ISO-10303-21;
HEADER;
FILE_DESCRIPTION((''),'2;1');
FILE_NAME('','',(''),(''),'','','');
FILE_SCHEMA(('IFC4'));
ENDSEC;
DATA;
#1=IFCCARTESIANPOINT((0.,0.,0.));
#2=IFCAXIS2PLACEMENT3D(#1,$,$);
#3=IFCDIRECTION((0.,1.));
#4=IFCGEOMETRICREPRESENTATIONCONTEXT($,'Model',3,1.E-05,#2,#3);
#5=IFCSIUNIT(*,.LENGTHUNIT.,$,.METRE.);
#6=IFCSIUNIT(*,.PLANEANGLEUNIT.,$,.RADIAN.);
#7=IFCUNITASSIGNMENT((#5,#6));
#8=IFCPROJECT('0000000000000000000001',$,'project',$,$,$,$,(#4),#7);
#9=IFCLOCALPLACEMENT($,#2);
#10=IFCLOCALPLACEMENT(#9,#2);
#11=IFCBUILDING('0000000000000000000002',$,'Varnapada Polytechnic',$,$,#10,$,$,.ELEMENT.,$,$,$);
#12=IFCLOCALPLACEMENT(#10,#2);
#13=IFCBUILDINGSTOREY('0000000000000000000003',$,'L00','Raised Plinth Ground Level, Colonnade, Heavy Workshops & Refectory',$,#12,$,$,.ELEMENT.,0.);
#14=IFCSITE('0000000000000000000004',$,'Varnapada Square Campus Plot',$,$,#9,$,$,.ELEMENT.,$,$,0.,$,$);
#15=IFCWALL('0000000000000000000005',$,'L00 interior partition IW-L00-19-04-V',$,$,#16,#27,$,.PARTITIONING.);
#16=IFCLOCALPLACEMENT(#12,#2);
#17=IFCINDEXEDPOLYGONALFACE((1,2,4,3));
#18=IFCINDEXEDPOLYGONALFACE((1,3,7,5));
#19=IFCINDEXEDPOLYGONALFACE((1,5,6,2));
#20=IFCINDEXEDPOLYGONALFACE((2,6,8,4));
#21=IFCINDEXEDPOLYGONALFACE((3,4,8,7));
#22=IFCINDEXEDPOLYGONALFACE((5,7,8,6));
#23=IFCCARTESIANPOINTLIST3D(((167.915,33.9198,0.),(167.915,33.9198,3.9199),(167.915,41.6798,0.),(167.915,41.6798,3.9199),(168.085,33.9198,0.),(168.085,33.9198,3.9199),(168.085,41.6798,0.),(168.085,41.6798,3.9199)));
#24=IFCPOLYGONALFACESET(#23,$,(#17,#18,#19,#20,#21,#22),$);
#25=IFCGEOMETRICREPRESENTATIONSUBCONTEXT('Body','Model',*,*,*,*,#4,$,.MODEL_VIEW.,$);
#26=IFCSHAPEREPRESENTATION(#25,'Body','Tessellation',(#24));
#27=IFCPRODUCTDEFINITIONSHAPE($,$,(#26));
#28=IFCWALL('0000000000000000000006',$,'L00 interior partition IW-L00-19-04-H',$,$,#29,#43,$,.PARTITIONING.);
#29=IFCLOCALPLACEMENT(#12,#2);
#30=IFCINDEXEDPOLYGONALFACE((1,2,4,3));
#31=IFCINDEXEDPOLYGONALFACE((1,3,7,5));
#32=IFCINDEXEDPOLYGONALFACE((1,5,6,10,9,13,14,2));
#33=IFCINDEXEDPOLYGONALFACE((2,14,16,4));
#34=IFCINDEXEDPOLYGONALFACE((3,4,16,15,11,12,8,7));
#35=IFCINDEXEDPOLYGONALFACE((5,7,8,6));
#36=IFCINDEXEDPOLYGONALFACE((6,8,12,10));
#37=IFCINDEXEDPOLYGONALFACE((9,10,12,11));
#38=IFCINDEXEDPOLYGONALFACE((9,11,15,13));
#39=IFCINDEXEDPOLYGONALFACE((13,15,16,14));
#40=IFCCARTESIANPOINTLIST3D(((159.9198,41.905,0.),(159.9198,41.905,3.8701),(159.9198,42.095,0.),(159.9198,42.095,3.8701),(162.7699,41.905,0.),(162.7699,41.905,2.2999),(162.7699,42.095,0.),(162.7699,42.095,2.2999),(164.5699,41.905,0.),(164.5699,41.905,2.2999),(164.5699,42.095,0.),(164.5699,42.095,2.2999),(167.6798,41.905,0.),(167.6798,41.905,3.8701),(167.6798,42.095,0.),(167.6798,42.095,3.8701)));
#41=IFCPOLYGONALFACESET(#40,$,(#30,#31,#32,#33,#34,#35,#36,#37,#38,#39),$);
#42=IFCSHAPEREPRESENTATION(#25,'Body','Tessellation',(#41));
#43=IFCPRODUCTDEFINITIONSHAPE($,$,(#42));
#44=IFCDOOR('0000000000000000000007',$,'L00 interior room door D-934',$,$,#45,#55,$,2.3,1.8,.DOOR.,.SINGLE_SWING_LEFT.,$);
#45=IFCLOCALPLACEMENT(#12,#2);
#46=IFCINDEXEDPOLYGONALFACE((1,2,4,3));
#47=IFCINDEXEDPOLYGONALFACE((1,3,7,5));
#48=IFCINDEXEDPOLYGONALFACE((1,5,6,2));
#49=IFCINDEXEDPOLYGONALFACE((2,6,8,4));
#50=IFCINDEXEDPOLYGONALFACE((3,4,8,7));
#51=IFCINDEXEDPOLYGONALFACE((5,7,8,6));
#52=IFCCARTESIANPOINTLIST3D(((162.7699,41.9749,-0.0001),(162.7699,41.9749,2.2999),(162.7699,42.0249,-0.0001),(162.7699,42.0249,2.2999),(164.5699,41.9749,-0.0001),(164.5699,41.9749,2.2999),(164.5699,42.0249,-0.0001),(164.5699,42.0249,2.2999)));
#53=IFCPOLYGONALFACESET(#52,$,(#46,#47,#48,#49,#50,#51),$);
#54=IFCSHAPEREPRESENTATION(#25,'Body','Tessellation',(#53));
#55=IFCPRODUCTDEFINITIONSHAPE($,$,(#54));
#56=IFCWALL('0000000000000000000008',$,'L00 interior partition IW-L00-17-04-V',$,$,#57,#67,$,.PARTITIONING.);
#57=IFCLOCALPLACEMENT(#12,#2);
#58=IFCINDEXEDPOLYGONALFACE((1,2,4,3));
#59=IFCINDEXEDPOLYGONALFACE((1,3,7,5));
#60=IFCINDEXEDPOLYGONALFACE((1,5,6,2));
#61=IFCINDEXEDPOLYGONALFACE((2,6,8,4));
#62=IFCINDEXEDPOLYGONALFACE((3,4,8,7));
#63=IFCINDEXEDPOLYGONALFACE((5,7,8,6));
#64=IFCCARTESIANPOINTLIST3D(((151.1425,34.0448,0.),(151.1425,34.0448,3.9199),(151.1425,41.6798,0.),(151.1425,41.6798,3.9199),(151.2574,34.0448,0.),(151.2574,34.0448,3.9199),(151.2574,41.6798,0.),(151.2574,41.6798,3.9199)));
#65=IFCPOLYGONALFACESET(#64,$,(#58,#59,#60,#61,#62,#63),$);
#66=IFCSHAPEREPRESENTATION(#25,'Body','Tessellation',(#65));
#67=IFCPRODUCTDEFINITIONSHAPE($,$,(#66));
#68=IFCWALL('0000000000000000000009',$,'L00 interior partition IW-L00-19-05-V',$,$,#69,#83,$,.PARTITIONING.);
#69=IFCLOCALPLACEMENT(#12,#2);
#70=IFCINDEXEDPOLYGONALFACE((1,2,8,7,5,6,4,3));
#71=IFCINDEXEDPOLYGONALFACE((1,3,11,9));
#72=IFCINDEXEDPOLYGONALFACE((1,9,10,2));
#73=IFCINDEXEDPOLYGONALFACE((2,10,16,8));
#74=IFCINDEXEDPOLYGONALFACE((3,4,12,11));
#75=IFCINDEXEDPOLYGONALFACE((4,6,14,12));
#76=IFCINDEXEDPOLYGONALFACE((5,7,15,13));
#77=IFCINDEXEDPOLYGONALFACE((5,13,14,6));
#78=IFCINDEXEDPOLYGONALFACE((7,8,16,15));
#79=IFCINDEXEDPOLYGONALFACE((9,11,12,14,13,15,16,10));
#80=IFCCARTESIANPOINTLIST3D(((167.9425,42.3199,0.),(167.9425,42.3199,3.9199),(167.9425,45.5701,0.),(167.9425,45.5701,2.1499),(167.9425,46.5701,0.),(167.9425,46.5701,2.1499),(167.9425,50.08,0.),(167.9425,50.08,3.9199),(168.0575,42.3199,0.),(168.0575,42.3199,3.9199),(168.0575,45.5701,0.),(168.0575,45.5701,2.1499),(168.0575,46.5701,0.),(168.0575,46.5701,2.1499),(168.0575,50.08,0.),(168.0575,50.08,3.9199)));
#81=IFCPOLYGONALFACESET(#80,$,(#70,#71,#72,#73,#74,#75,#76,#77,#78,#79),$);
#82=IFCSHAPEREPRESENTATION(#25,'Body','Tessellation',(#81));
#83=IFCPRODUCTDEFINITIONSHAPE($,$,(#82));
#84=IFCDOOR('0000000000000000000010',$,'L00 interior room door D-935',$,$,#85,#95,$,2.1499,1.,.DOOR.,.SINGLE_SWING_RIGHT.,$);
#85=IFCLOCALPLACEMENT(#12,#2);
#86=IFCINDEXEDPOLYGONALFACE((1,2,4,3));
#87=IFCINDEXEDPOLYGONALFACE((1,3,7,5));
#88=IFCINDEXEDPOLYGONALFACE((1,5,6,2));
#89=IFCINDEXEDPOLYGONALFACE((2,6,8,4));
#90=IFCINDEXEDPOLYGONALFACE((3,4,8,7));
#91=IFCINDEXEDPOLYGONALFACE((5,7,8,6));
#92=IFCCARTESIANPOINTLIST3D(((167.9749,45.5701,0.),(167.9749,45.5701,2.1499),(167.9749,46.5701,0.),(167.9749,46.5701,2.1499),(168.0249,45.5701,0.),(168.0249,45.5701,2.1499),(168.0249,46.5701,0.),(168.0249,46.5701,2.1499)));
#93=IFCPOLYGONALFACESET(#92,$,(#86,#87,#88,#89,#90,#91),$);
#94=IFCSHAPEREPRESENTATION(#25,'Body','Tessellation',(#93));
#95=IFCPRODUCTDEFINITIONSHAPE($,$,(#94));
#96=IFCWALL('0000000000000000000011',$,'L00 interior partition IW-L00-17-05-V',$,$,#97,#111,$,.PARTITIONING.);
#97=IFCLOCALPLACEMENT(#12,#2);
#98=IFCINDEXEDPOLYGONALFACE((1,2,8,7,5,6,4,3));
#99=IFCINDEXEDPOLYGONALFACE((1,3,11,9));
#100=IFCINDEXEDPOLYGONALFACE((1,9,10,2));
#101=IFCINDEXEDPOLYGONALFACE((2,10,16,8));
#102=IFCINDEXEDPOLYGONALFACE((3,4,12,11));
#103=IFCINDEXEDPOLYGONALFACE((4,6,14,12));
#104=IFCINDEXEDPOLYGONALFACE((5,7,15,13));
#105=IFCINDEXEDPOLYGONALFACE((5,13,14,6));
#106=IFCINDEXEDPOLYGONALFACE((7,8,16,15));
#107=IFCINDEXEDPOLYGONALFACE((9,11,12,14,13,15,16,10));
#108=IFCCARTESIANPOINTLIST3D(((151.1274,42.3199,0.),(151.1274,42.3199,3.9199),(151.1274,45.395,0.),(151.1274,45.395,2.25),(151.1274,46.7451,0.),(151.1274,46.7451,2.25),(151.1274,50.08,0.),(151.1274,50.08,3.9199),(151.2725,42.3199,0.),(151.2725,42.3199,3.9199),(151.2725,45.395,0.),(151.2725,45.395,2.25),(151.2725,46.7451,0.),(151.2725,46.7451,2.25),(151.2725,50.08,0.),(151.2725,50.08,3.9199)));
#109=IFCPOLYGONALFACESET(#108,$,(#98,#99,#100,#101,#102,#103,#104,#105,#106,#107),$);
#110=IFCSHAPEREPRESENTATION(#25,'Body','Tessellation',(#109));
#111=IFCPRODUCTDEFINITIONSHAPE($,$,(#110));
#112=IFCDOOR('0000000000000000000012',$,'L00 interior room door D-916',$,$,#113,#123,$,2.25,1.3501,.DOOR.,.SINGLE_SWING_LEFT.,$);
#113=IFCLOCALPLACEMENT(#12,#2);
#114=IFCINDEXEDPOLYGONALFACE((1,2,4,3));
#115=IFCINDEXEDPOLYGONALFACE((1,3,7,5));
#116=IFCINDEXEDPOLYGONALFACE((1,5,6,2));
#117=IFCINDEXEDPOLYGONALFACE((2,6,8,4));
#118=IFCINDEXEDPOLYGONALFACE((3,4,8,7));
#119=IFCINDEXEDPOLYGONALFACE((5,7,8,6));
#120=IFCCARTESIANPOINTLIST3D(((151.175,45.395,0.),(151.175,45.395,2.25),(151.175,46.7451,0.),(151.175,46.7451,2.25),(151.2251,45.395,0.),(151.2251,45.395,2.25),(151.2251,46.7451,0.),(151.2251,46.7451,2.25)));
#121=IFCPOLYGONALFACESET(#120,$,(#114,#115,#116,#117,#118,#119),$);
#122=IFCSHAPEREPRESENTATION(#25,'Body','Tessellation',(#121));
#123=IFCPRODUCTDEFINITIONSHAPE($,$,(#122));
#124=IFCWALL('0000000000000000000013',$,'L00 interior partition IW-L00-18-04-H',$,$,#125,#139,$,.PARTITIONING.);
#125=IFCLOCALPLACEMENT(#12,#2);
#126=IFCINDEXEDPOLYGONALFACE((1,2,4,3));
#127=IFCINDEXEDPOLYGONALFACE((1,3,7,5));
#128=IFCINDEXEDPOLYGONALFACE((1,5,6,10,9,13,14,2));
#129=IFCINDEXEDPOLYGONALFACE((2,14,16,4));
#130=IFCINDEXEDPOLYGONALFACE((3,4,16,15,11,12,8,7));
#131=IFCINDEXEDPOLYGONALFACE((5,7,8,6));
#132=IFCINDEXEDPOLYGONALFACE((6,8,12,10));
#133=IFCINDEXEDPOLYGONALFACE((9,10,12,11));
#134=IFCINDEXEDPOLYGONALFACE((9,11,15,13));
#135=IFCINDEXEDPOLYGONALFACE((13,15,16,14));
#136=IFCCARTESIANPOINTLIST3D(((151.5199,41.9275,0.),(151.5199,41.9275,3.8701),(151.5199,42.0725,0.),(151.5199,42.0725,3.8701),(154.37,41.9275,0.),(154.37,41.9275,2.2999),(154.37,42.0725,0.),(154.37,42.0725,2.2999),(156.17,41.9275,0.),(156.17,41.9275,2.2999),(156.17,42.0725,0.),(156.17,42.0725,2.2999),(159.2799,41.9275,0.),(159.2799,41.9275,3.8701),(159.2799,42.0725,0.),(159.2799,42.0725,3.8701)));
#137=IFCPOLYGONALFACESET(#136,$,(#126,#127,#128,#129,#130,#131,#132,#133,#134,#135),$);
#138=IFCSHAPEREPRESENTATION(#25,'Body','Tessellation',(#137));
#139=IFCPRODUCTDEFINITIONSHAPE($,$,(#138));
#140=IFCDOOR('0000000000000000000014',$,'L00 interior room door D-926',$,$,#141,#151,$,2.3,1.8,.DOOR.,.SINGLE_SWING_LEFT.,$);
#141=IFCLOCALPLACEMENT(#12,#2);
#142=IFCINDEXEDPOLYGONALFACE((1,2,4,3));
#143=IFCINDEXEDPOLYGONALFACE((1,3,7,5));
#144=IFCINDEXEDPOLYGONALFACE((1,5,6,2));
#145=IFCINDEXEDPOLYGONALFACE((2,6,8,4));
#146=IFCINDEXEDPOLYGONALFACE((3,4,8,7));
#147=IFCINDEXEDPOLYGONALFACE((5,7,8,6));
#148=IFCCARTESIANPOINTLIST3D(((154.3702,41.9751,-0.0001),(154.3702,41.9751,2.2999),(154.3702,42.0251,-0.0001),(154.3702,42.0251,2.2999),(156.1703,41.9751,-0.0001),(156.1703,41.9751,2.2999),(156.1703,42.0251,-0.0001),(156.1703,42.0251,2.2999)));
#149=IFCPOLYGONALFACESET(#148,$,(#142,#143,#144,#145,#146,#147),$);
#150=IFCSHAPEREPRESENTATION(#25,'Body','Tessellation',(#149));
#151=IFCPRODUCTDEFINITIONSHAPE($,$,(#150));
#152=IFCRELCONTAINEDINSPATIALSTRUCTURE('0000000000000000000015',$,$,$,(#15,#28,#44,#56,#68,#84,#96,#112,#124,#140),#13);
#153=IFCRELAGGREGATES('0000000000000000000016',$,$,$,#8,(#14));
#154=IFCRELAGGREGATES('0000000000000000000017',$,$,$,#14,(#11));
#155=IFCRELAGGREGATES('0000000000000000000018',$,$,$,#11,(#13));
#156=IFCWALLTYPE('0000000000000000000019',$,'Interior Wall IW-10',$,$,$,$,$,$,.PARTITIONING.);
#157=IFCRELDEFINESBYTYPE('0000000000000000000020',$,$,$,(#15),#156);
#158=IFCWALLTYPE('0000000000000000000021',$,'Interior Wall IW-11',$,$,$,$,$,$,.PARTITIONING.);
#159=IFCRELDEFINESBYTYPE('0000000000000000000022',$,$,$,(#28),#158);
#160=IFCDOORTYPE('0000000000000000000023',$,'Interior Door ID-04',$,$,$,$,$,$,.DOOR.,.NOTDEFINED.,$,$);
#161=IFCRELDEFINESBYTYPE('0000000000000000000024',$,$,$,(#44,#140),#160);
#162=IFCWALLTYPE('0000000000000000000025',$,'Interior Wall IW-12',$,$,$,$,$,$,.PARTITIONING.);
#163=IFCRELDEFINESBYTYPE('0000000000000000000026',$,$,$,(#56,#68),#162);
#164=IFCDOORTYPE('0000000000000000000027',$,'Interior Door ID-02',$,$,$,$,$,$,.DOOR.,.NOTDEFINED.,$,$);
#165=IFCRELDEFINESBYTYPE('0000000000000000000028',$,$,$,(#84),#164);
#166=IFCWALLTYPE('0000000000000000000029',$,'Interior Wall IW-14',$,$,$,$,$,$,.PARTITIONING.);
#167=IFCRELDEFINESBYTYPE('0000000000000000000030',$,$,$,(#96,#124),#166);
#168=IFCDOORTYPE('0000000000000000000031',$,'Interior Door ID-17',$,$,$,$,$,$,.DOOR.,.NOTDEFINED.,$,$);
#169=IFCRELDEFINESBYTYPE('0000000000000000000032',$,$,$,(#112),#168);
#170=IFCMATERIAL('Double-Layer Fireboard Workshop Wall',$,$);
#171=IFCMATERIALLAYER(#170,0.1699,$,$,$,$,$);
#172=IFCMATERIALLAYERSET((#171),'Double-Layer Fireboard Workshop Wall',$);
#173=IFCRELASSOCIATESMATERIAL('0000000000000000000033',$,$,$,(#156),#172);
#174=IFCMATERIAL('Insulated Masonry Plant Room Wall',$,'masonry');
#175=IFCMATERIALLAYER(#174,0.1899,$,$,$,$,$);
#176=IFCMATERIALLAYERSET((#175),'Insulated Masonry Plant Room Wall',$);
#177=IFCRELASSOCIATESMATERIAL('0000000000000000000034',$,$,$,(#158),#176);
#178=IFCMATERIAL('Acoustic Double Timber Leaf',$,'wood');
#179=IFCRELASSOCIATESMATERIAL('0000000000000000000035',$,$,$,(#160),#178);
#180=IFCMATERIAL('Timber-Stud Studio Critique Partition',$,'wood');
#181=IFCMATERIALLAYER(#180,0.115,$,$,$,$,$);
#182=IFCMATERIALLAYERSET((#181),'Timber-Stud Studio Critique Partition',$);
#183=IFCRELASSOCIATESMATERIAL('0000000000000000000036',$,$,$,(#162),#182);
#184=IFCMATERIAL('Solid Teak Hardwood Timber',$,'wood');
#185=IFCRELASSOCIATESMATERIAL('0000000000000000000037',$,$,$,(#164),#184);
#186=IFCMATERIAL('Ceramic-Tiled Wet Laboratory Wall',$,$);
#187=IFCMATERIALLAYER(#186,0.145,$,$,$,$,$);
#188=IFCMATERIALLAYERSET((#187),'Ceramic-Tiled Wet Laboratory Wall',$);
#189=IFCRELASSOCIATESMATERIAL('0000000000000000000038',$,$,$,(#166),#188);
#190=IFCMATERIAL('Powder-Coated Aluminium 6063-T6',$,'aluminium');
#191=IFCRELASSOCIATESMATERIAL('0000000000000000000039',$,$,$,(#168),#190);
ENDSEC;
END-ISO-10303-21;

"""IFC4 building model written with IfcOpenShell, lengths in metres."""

from ifc_helpers import new_model, si_unit, direction, frame, frame_2d, origin, place, context, subcontext, project, spatial, rectangle, extrude, material, layer, layer_set, type_object, element, fill, save


model = new_model("IFC4")

# Units and contexts
model_context = context("Model", 3, precision=1e-05, world=origin(), true_north=direction((0.0, 1.0)))
body_context = subcontext(model_context, "Body", "Model", "MODEL_VIEW")
ifc_project = project(units=[si_unit("LENGTHUNIT", "METRE"), si_unit("PLANEANGLEUNIT", "RADIAN")], contexts=[model_context])

# Site, building, storey
site_placement = place(None, origin())
site = spatial("IfcSite", under=ifc_project, at=site_placement, Name="Varnapada Square Campus Plot", CompositionType="ELEMENT", RefElevation=0.0)
building_placement = place(site_placement, origin())
building = spatial("IfcBuilding", under=site, at=building_placement, Name="Varnapada Polytechnic", CompositionType="ELEMENT")
storey_placement = place(building_placement, origin())
storey = spatial("IfcBuildingStorey", under=building, at=storey_placement, Name="L00", Description="Raised Plinth Ground Level, Colonnade, Heavy Workshops & Refectory", CompositionType="ELEMENT", Elevation=0.0)

# Wall
ifc_material_1 = material(Name="Double-Layer Fireboard Workshop Wall")
ifc_layer_1 = layer(ifc_material_1, 0.1699)
ifc_layer_set_1 = layer_set([ifc_layer_1], Name="Double-Layer Fireboard Workshop Wall")
wall_type_1 = type_object("IfcWallType", Name="Interior Wall IW-10", PredefinedType="PARTITIONING", material=ifc_layer_set_1)
wall_1_placement = place(storey_placement, frame((168.0, 33.9199, 0.0), z_axis=(0.0, 0.0, 1.0), x_axis=(0.0, 1.0, 0.0)))
element("IfcWall", 1, at=wall_1_placement, inside=storey, type_object=wall_type_1, Name="L00 interior partition IW-L00-19-04-V", PredefinedType="PARTITIONING", context=body_context, shape_type="SweptSolid", body=[
    extrude(rectangle(XDim=7.76, YDim=0.1699, at=frame_2d((3.8799, 0.0))), origin(), (0.0, 0.0, 1.0), 3.9199),
])

# Wall, opening, door
ifc_material_2 = material(Name="Insulated Masonry Plant Room Wall", Category="masonry")
ifc_layer_2 = layer(ifc_material_2, 0.1899)
ifc_layer_set_2 = layer_set([ifc_layer_2], Name="Insulated Masonry Plant Room Wall")
wall_type_2 = type_object("IfcWallType", Name="Interior Wall IW-11", PredefinedType="PARTITIONING", material=ifc_layer_set_2)
wall_2_placement = place(storey_placement, frame((159.9199, 42.0, 0.0), z_axis=(0.0, 0.0, 1.0), x_axis=(1.0, 0.0, 0.0)))
wall_2 = element("IfcWall", 2, at=wall_2_placement, inside=storey, type_object=wall_type_2, Name="L00 interior partition IW-L00-19-04-H", PredefinedType="PARTITIONING", context=body_context, shape_type="SweptSolid", body=[
    extrude(rectangle(XDim=7.76, YDim=0.1899, at=frame_2d((3.8799, 0.0))), origin(), (0.0, 0.0, 1.0), 3.8701),
])
opening_1_placement = place(wall_2_placement, frame((2.8501, 0.0, 0.0)))
opening_1 = element("IfcOpeningElement", 3, at=opening_1_placement, cuts=wall_2, PredefinedType="OPENING", context=body_context, shape_type="SweptSolid", body=[
    extrude(rectangle(XDim=1.8, YDim=2.3, at=frame_2d((0.8999, 1.1499))), frame((0.0, 0.105, 0.0), z_axis=(0.0, -1.0, 0.0), x_axis=(1.0, 0.0, 0.0)), (0.0, 0.0, 1.0), 0.21),
])
ifc_material_3 = material(Name="Acoustic Double Timber Leaf", Category="wood")
door_type_1 = type_object("IfcDoorType", Name="Interior Door ID-04", OperationType="NOTDEFINED", PredefinedType="DOOR", material=ifc_material_3)
door_1_placement = place(opening_1_placement, origin())
door_1 = element("IfcDoor", 4, at=door_1_placement, inside=storey, type_object=door_type_1, Name="L00 interior room door D-934", OperationType="SINGLE_SWING_LEFT", OverallHeight=2.3, OverallWidth=1.8, PredefinedType="DOOR", context=body_context, shape_type="SweptSolid", body=[
    extrude(rectangle(XDim=1.8, YDim=2.3, at=frame_2d((0.8999, 1.1499))), frame((0.0, 0.0249, 0.0), z_axis=(0.0, -1.0, 0.0), x_axis=(1.0, 0.0, 0.0)), (0.0, 0.0, 1.0), 0.05),
])
fill(opening_1, door_1)

# Wall
ifc_material_4 = material(Name="Timber-Stud Studio Critique Partition", Category="wood")
ifc_layer_3 = layer(ifc_material_4, 0.115)
ifc_layer_set_3 = layer_set([ifc_layer_3], Name="Timber-Stud Studio Critique Partition")
wall_type_3 = type_object("IfcWallType", Name="Interior Wall IW-12", PredefinedType="PARTITIONING", material=ifc_layer_set_3)
wall_3_placement = place(storey_placement, frame((151.2, 34.0449, 0.0), z_axis=(0.0, 0.0, 1.0), x_axis=(0.0, 1.0, 0.0)))
element("IfcWall", 5, at=wall_3_placement, inside=storey, type_object=wall_type_3, Name="L00 interior partition IW-L00-17-04-V", PredefinedType="PARTITIONING", context=body_context, shape_type="SweptSolid", body=[
    extrude(rectangle(XDim=7.635, YDim=0.115, at=frame_2d((3.8174, 0.0))), origin(), (0.0, 0.0, 1.0), 3.9199),
])

# Walls, openings, doors
wall_4_placement = place(storey_placement, frame((168.0, 42.3201, 0.0), z_axis=(0.0, 0.0, 1.0), x_axis=(0.0, 1.0, 0.0)))
wall_4 = element("IfcWall", 6, at=wall_4_placement, inside=storey, type_object=wall_type_3, Name="L00 interior partition IW-L00-19-05-V", PredefinedType="PARTITIONING", context=body_context, shape_type="SweptSolid", body=[
    extrude(rectangle(XDim=7.76, YDim=0.115, at=frame_2d((3.8799, 0.0))), origin(), (0.0, 0.0, 1.0), 3.9199),
])
opening_2_placement = place(wall_4_placement, frame((3.25, 0.0, 0.0)))
opening_2 = element("IfcOpeningElement", 7, at=opening_2_placement, cuts=wall_4, PredefinedType="OPENING", context=body_context, shape_type="SweptSolid", body=[
    extrude(rectangle(XDim=1.0, YDim=2.1499, at=frame_2d((0.5, 1.075))), frame((0.0, 0.0674, 0.0), z_axis=(0.0, -1.0, 0.0), x_axis=(1.0, 0.0, 0.0)), (0.0, 0.0, 1.0), 0.135),
])
ifc_material_5 = material(Name="Solid Teak Hardwood Timber", Category="wood")
door_type_2 = type_object("IfcDoorType", Name="Interior Door ID-02", OperationType="NOTDEFINED", PredefinedType="DOOR", material=ifc_material_5)
door_2_placement = place(opening_2_placement, frame((1.0, 0.0, 0.0), z_axis=(0.0, 0.0, 1.0), x_axis=(-1.0, 0.0, 0.0)))
door_2 = element("IfcDoor", 8, at=door_2_placement, inside=storey, type_object=door_type_2, Name="L00 interior room door D-935", OperationType="SINGLE_SWING_RIGHT", OverallHeight=2.1499, OverallWidth=1.0, PredefinedType="DOOR", context=body_context, shape_type="SweptSolid", body=[
    extrude(rectangle(XDim=1.0, YDim=2.1499, at=frame_2d((0.5, 1.075))), frame((0.0, 0.0249, 0.0), z_axis=(0.0, -1.0, 0.0), x_axis=(1.0, 0.0, 0.0)), (0.0, 0.0, 1.0), 0.05),
])
fill(opening_2, door_2)
ifc_material_6 = material(Name="Ceramic-Tiled Wet Laboratory Wall")
ifc_layer_4 = layer(ifc_material_6, 0.145)
ifc_layer_set_4 = layer_set([ifc_layer_4], Name="Ceramic-Tiled Wet Laboratory Wall")
wall_type_4 = type_object("IfcWallType", Name="Interior Wall IW-14", PredefinedType="PARTITIONING", material=ifc_layer_set_4)
wall_5_placement = place(storey_placement, frame((151.2, 42.3201, 0.0), z_axis=(0.0, 0.0, 1.0), x_axis=(0.0, 1.0, 0.0)))
wall_5 = element("IfcWall", 9, at=wall_5_placement, inside=storey, type_object=wall_type_4, Name="L00 interior partition IW-L00-17-05-V", PredefinedType="PARTITIONING", context=body_context, shape_type="SweptSolid", body=[
    extrude(rectangle(XDim=7.76, YDim=0.145, at=frame_2d((3.8799, 0.0))), origin(), (0.0, 0.0, 1.0), 3.9199),
])
opening_3_placement = place(wall_5_placement, frame((3.075, 0.0, 0.0)))
opening_3 = element("IfcOpeningElement", 10, at=opening_3_placement, cuts=wall_5, PredefinedType="OPENING", context=body_context, shape_type="SweptSolid", body=[
    extrude(rectangle(XDim=1.3501, YDim=2.25, at=frame_2d((0.675, 1.125))), frame((0.0, 0.0825, 0.0), z_axis=(0.0, -1.0, 0.0), x_axis=(1.0, 0.0, 0.0)), (0.0, 0.0, 1.0), 0.165),
])
ifc_material_7 = material(Name="Powder-Coated Aluminium 6063-T6", Category="aluminium")
door_type_3 = type_object("IfcDoorType", Name="Interior Door ID-17", OperationType="NOTDEFINED", PredefinedType="DOOR", material=ifc_material_7)
door_3_placement = place(opening_3_placement, origin())
door_3 = element("IfcDoor", 11, at=door_3_placement, inside=storey, type_object=door_type_3, Name="L00 interior room door D-916", OperationType="SINGLE_SWING_LEFT", OverallHeight=2.25, OverallWidth=1.3501, PredefinedType="DOOR", context=body_context, shape_type="SweptSolid", body=[
    extrude(rectangle(XDim=1.3501, YDim=2.25, at=frame_2d((0.675, 1.125))), frame((0.0, 0.0249, 0.0), z_axis=(0.0, -1.0, 0.0), x_axis=(1.0, 0.0, 0.0)), (0.0, 0.0, 1.0), 0.05),
])
fill(opening_3, door_3)
wall_6_placement = place(storey_placement, frame((151.52, 42.0, 0.0), z_axis=(0.0, 0.0, 1.0), x_axis=(1.0, 0.0, 0.0)))
wall_6 = element("IfcWall", 12, at=wall_6_placement, inside=storey, type_object=wall_type_4, Name="L00 interior partition IW-L00-18-04-H", PredefinedType="PARTITIONING", context=body_context, shape_type="SweptSolid", body=[
    extrude(rectangle(XDim=7.76, YDim=0.145, at=frame_2d((3.8799, 0.0))), origin(), (0.0, 0.0, 1.0), 3.8701),
])
opening_4_placement = place(wall_6_placement, frame((2.8501, 0.0, 0.0)))
opening_4 = element("IfcOpeningElement", 13, at=opening_4_placement, cuts=wall_6, PredefinedType="OPENING", context=body_context, shape_type="SweptSolid", body=[
    extrude(rectangle(XDim=1.8, YDim=2.3, at=frame_2d((0.8999, 1.1499))), frame((0.0, 0.0825, 0.0), z_axis=(0.0, -1.0, 0.0), x_axis=(1.0, 0.0, 0.0)), (0.0, 0.0, 1.0), 0.165),
])
door_4_placement = place(opening_4_placement, frame((1.8, 0.0, 0.0), z_axis=(0.0, 0.0, 1.0), x_axis=(-1.0, 0.0, 0.0)))
door_4 = element("IfcDoor", 14, at=door_4_placement, inside=storey, type_object=door_type_1, Name="L00 interior room door D-926", OperationType="SINGLE_SWING_LEFT", OverallHeight=2.3, OverallWidth=1.8, PredefinedType="DOOR", context=body_context, shape_type="SweptSolid", body=[
    extrude(rectangle(XDim=1.8, YDim=2.3, at=frame_2d((0.8999, 1.1499))), frame((0.0, 0.0249, 0.0), z_axis=(0.0, -1.0, 0.0), x_axis=(1.0, 0.0, 0.0)), (0.0, 0.0, 1.0), 0.05),
])
fill(opening_4, door_4)

save(model, "model.ifc")
